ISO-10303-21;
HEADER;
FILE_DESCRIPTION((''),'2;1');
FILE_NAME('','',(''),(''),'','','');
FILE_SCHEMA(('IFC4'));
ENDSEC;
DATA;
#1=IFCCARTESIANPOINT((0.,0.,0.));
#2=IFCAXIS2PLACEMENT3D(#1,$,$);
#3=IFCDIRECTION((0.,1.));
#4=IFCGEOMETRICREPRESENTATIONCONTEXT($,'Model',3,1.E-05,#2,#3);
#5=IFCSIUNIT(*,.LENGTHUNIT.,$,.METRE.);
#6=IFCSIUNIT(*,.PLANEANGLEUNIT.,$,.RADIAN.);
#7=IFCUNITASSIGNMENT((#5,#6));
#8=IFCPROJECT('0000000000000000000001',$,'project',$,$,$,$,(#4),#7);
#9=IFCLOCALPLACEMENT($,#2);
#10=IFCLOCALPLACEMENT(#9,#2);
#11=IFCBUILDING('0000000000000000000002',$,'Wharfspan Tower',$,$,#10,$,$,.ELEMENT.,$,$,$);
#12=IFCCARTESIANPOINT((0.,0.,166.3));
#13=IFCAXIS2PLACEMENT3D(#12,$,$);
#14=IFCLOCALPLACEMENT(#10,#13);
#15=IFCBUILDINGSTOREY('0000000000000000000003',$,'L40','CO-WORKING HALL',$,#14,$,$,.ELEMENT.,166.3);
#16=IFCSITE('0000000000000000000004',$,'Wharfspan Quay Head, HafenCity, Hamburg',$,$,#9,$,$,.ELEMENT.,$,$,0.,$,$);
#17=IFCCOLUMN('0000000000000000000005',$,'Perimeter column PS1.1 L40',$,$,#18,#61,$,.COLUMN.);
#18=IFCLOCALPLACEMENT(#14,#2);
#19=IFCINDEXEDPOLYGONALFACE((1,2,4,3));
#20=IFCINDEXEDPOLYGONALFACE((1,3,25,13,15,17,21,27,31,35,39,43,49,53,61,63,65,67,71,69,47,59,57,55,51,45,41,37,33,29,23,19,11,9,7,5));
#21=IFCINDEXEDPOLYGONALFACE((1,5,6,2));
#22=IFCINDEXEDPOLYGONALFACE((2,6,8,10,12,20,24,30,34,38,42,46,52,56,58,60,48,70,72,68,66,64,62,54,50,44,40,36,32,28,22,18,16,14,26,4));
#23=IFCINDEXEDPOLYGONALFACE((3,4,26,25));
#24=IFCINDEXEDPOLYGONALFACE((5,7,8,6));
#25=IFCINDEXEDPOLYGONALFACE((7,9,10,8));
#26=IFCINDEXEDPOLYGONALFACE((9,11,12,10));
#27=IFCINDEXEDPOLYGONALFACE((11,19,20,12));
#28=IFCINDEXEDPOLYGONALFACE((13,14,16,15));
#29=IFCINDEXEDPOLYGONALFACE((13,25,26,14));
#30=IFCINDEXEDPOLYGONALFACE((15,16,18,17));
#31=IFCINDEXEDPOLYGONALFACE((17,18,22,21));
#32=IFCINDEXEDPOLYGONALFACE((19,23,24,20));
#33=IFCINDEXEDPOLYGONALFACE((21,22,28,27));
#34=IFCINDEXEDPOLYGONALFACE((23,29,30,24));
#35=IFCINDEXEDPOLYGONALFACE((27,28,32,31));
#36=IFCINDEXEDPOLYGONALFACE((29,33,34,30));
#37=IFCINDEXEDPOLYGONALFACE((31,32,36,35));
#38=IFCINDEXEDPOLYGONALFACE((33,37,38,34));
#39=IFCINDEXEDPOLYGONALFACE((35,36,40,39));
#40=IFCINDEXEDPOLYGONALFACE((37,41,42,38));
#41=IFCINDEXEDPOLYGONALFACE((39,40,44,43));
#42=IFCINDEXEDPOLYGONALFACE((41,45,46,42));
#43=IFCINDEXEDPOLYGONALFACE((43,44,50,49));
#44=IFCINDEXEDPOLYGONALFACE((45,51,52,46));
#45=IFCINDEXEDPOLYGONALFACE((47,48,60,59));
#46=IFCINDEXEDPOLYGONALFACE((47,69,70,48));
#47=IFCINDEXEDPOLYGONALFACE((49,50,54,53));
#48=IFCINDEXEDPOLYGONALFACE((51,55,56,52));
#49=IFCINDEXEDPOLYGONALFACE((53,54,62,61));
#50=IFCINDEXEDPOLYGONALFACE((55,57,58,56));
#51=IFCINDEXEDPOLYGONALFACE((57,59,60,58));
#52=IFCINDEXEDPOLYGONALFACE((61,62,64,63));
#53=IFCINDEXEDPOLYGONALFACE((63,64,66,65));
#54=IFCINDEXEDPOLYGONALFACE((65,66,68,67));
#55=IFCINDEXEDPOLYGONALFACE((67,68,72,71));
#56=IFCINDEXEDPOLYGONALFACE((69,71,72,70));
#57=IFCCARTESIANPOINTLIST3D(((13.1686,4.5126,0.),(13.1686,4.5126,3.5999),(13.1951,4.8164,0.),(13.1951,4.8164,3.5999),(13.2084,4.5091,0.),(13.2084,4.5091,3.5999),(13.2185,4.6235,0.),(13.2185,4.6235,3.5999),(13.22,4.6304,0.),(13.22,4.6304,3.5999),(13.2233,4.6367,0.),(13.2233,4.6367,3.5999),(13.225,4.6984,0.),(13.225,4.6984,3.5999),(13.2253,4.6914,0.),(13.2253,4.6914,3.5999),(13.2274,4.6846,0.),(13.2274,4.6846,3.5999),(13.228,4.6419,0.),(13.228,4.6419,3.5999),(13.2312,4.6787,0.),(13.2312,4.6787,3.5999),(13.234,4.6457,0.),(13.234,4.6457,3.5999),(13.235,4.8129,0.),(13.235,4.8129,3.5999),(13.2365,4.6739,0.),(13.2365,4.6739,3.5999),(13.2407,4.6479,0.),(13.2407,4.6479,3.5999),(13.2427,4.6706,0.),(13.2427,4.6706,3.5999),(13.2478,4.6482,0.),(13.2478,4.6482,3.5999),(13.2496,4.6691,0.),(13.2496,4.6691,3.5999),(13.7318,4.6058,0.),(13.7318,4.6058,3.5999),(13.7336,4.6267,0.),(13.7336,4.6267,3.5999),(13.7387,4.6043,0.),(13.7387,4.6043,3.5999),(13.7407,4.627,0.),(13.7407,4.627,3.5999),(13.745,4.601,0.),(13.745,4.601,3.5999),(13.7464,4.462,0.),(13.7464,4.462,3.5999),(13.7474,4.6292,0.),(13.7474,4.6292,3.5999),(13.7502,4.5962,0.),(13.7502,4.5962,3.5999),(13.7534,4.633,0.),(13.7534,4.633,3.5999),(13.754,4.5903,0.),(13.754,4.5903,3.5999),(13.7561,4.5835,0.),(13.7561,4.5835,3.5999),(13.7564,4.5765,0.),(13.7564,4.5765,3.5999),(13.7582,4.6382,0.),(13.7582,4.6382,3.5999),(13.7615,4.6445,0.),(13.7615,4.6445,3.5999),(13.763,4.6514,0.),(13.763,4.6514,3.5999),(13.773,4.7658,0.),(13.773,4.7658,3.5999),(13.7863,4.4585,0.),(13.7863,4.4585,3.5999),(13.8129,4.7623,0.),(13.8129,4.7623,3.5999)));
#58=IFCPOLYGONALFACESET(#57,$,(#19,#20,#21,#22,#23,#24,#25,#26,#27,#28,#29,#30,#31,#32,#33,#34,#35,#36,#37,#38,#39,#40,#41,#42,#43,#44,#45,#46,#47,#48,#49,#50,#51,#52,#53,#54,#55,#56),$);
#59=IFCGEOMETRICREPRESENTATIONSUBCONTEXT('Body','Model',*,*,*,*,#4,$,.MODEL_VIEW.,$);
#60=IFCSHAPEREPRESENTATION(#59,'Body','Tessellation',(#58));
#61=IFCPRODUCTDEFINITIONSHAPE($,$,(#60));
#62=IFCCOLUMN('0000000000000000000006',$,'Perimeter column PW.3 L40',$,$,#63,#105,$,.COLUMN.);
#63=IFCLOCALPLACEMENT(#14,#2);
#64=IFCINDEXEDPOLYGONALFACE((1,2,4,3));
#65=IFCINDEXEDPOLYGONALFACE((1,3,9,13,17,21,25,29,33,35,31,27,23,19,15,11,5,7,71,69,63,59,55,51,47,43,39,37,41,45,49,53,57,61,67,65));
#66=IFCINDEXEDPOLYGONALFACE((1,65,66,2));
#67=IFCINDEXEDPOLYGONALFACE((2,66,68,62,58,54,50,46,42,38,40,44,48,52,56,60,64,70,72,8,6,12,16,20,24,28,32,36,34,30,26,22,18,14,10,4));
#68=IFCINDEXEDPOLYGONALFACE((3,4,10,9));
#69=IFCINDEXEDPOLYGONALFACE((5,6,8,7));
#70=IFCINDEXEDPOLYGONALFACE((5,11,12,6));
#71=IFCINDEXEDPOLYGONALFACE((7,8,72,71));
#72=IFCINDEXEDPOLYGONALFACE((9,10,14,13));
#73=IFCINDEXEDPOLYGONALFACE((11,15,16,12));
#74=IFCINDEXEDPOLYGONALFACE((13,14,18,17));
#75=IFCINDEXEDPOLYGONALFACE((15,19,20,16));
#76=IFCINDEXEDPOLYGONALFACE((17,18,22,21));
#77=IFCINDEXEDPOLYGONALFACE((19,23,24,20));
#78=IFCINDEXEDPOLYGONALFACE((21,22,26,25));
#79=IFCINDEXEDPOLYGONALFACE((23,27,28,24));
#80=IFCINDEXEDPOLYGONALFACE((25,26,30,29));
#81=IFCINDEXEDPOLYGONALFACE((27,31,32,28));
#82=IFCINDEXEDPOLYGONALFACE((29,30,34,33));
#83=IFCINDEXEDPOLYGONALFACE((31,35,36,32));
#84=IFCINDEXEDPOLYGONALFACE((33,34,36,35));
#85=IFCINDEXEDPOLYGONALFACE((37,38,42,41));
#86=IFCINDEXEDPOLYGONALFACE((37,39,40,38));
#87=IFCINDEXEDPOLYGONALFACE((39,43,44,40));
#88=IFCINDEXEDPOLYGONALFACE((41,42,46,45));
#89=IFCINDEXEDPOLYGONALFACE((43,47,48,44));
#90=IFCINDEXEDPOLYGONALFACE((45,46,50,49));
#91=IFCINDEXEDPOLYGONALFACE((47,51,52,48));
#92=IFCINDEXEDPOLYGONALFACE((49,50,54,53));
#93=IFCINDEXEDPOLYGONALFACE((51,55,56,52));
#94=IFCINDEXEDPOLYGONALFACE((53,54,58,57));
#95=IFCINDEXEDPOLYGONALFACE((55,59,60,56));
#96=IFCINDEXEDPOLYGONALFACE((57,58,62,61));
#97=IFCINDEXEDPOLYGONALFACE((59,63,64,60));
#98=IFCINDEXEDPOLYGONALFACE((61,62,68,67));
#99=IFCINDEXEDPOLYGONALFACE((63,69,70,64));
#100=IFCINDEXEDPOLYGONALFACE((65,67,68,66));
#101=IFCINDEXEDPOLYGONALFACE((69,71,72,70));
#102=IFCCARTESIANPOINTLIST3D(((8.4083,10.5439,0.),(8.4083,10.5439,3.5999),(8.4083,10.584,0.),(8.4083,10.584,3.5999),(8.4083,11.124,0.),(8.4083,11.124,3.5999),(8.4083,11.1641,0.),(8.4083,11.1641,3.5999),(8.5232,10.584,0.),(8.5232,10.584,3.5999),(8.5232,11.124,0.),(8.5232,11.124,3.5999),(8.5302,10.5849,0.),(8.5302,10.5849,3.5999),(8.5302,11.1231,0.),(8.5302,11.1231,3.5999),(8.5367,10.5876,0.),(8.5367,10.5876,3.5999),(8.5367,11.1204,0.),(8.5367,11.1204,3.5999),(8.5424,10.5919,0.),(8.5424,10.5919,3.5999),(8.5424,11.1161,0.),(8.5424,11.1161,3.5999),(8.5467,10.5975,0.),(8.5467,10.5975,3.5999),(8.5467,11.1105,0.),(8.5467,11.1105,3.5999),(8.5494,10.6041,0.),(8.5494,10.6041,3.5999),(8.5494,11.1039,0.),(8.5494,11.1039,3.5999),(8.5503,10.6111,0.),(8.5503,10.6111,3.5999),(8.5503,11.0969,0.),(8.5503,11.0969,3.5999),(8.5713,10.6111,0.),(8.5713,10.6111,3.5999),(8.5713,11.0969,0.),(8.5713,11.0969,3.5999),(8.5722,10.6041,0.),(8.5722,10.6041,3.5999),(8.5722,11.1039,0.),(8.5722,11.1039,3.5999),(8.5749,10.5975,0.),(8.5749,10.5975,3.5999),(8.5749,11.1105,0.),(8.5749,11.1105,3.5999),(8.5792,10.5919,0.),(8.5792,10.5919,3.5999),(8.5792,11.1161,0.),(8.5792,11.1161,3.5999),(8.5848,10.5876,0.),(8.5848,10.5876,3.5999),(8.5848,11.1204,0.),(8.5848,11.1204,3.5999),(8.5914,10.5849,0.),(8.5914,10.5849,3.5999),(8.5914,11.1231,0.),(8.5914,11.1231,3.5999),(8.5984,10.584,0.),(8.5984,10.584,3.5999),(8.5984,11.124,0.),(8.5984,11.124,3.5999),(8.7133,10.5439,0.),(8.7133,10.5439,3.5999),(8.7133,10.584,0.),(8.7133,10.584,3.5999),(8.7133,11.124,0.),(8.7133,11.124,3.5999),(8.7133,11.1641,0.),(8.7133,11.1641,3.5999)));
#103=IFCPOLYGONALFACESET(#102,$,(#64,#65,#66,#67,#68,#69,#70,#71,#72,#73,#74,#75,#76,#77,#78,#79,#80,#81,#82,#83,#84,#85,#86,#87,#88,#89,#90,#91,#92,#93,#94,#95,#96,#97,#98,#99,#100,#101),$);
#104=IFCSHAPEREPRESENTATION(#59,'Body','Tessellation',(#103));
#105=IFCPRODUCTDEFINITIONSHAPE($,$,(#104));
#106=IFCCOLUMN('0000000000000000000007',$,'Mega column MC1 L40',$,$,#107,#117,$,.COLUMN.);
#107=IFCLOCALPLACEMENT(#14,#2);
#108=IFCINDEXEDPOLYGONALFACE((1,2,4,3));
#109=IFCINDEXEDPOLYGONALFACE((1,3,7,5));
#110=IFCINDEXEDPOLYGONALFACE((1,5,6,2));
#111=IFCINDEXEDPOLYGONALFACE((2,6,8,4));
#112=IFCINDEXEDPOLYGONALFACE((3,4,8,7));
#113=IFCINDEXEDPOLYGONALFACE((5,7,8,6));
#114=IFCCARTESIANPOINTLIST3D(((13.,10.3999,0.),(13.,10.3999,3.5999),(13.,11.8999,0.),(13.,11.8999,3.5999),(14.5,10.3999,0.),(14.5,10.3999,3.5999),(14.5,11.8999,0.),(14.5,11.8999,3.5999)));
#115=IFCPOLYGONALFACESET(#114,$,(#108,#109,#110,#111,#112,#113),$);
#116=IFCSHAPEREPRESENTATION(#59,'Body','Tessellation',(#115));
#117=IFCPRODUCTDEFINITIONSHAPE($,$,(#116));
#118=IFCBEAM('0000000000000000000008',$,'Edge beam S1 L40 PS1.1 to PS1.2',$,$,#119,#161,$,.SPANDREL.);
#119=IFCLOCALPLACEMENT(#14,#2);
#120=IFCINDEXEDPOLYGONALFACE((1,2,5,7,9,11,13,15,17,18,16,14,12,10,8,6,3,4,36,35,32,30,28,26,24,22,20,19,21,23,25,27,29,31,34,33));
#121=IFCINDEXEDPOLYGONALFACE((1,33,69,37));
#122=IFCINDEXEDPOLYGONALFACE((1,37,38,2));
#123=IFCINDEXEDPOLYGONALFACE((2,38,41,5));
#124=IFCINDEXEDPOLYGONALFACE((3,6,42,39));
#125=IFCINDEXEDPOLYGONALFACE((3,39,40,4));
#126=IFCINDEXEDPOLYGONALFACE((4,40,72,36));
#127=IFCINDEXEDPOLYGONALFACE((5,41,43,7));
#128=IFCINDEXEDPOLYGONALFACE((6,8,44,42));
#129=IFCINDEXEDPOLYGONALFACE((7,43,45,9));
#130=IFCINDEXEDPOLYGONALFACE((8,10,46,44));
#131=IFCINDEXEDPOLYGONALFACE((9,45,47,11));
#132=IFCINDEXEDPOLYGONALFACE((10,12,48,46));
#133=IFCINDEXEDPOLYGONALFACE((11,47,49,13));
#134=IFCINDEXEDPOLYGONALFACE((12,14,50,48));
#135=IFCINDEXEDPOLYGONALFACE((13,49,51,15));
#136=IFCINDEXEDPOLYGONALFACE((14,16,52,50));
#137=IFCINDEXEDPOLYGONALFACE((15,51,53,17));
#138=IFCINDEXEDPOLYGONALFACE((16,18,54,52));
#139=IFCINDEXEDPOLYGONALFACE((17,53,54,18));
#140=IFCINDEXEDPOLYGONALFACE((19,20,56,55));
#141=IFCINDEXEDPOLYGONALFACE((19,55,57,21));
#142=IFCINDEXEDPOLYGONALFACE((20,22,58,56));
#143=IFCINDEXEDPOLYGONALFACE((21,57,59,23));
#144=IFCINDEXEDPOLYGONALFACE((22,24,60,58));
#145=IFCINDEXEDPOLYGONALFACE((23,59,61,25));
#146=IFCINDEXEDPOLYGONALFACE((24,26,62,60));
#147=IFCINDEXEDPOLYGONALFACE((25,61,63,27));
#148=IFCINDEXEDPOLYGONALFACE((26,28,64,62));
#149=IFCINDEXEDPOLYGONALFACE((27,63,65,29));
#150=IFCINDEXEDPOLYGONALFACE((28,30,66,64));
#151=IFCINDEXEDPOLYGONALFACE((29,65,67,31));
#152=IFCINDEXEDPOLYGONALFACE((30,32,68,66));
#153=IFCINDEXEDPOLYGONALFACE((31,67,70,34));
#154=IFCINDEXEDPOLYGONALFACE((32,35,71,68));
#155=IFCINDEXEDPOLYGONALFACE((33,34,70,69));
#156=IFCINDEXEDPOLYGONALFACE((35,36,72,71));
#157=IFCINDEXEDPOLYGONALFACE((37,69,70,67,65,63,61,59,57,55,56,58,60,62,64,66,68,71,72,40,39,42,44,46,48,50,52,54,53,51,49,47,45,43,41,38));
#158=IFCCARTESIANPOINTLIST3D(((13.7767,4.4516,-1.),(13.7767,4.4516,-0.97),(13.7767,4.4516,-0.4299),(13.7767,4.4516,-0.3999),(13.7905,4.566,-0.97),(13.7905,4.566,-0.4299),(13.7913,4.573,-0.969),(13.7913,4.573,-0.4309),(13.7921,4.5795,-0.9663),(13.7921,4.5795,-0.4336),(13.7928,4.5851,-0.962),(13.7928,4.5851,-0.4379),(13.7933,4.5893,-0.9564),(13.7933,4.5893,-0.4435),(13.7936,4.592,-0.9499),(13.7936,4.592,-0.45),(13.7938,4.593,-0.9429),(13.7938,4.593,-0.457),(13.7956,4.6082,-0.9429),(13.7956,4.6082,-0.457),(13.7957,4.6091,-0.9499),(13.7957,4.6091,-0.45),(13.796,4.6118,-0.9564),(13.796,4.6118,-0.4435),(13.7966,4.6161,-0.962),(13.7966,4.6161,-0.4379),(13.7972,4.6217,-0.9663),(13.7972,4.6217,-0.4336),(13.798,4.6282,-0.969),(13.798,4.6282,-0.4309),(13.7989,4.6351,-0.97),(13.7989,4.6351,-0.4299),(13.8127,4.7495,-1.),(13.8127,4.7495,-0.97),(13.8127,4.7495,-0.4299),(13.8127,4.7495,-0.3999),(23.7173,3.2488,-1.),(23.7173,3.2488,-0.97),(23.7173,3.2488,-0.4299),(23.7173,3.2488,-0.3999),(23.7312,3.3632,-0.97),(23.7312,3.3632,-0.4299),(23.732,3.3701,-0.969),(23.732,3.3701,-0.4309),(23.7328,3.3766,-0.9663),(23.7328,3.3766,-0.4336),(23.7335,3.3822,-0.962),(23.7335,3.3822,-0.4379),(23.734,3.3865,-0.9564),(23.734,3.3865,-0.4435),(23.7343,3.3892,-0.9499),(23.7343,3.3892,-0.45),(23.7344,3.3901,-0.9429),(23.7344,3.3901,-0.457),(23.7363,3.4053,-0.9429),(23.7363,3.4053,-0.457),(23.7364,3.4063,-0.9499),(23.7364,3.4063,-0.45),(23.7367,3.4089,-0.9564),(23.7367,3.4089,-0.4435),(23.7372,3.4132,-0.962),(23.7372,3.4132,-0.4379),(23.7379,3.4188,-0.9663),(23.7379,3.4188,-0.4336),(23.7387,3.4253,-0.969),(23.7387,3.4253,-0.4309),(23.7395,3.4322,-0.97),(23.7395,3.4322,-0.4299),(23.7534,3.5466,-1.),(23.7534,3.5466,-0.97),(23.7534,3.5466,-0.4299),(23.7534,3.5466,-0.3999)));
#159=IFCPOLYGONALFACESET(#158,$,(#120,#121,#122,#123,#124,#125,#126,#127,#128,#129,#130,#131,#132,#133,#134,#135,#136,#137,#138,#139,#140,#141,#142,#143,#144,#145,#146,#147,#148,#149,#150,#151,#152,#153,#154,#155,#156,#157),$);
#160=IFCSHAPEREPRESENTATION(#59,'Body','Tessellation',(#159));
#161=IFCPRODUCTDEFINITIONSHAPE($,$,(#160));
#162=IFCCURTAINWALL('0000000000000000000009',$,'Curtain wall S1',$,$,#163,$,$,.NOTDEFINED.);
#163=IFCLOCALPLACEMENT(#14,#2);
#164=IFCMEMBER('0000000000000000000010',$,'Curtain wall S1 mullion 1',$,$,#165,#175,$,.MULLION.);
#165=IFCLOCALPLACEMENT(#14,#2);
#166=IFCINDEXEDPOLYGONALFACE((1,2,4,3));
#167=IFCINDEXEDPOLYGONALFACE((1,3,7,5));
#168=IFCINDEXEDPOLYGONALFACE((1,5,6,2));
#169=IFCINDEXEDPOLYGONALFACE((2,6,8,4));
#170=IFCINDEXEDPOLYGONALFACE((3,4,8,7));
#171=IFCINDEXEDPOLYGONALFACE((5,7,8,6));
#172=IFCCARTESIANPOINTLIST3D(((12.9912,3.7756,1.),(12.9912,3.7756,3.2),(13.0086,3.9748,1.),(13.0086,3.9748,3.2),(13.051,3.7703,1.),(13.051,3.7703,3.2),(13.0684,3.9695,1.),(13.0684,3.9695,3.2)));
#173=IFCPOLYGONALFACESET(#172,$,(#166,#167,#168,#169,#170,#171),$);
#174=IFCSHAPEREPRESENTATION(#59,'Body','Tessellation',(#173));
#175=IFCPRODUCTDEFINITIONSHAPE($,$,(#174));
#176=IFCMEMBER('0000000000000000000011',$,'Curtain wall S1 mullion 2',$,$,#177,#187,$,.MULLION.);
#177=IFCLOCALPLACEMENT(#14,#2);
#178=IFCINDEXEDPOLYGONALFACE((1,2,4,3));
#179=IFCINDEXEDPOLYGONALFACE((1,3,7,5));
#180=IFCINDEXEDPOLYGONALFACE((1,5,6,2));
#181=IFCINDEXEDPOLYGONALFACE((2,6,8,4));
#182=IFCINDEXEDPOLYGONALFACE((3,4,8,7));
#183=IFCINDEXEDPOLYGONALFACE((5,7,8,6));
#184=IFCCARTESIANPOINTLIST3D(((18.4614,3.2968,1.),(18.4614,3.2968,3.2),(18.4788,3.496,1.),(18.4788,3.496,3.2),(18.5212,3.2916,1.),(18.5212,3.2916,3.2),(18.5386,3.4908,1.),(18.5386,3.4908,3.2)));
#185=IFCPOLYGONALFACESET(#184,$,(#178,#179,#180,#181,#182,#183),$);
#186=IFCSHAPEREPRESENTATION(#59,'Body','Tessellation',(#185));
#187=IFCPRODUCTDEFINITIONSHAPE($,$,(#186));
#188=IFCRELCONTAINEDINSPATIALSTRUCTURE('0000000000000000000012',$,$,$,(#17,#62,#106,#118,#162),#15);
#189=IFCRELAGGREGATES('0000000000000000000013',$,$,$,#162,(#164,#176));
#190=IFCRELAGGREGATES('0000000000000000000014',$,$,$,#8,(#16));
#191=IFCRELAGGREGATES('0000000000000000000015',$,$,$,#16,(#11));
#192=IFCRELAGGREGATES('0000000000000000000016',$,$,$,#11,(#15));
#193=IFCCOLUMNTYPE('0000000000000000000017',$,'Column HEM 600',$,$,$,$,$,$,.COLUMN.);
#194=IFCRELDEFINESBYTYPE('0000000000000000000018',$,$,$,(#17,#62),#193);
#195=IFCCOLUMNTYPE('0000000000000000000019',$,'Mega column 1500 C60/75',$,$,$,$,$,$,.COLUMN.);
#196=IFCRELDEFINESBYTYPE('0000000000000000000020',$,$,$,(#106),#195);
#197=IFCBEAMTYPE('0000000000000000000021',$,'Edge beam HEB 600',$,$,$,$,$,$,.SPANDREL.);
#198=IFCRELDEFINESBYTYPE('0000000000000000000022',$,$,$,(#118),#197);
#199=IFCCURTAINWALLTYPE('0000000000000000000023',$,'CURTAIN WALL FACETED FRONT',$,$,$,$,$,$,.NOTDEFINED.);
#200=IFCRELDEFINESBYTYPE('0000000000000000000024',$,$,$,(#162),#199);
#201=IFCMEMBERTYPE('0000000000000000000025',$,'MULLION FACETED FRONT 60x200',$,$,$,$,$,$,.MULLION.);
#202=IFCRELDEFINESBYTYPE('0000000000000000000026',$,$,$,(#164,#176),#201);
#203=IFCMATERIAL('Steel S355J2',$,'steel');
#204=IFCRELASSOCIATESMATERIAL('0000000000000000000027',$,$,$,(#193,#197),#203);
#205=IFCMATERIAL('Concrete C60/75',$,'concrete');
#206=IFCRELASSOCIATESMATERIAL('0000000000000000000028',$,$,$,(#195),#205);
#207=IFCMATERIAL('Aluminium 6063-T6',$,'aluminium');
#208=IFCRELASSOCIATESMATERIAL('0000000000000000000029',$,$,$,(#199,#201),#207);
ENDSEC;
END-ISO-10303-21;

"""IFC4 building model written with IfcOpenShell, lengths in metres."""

from ifc_helpers import new_model, si_unit, direction, frame, origin, origin_2d, place, context, subcontext, project, spatial, rectangle, i_section, extrude, material, material_profile, profile_set, type_object, element, aggregate, save


model = new_model("IFC4")

# Units and contexts
model_context = context("Model", 3, precision=1e-05, world=origin(), true_north=direction((0.0, 1.0)))
body_context = subcontext(model_context, "Body", "Model", "MODEL_VIEW")
ifc_project = project(units=[si_unit("LENGTHUNIT", "METRE"), si_unit("PLANEANGLEUNIT", "RADIAN")], contexts=[model_context])

# Site, building, storey
site_placement = place(None, origin())
site = spatial("IfcSite", under=ifc_project, at=site_placement, Name="Wharfspan Quay Head, HafenCity, Hamburg", CompositionType="ELEMENT", RefElevation=0.0)
building_placement = place(site_placement, origin())
building = spatial("IfcBuilding", under=site, at=building_placement, Name="Wharfspan Tower", CompositionType="ELEMENT")
storey_placement = place(building_placement, frame((0.0, 0.0, 166.3)))
storey = spatial("IfcBuildingStorey", under=building, at=storey_placement, Name="L40", Description="CO-WORKING HALL", CompositionType="ELEMENT", Elevation=166.3)

# Columns
ifc_material_1 = material(Name="Steel S355J2", Category="steel")
ifc_material_profile_1 = material_profile(ifc_material_1, i_section(OverallWidth=0.3049, OverallDepth=0.6201, WebThickness=0.021, FlangeThickness=0.04, FilletRadius=0.0271, at=origin_2d()))
ifc_profile_set_1 = profile_set([ifc_material_profile_1], Name="Steel S355J2")
column_type_1 = type_object("IfcColumnType", Name="Column HEM 600", PredefinedType="COLUMN", material=ifc_profile_set_1)
for number, where, z_axis, x_axis, name in (
    (1, (13.4907, 4.6375, 0.0), (0.0, 0.0, 1.0), (-0.087156, -0.996198, 0.0), "Perimeter column PS1.1 L40"),
    (2, (8.5608, 10.854, 0.0), (0.0, 0.0, 1.0), (-1.0, 0.0, 0.0), "Perimeter column PW.3 L40"),
):
    element("IfcColumn", number, at=place(storey_placement, frame(where, z_axis=z_axis, x_axis=x_axis)), inside=storey, type_object=column_type_1, Name=name, PredefinedType="COLUMN", context=body_context, shape_type="SweptSolid", body=[
        extrude(i_section(OverallWidth=0.3049, OverallDepth=0.6201, WebThickness=0.021, FlangeThickness=0.04, FilletRadius=0.0271, at=origin_2d()), origin(), (0.0, 0.0, 1.0), 3.5999),
    ])
ifc_material_2 = material(Name="Concrete C60/75", Category="concrete")
ifc_material_profile_2 = material_profile(ifc_material_2, rectangle(XDim=1.5, YDim=1.5, at=origin_2d()))
ifc_profile_set_2 = profile_set([ifc_material_profile_2], Name="Concrete C60/75")
column_type_2 = type_object("IfcColumnType", Name="Mega column 1500 C60/75", PredefinedType="COLUMN", material=ifc_profile_set_2)
column_placement = place(storey_placement, frame((13.75, 11.1499, 0.0), z_axis=(0.0, 0.0, 1.0), x_axis=(1.0, 0.0, 0.0)))
element("IfcColumn", 3, at=column_placement, inside=storey, type_object=column_type_2, Name="Mega column MC1 L40", PredefinedType="COLUMN", context=body_context, shape_type="SweptSolid", body=[
    extrude(rectangle(XDim=1.5, YDim=1.5, at=origin_2d()), origin(), (0.0, 0.0, 1.0), 3.5999),
])

# Beam
ifc_material_profile_3 = material_profile(ifc_material_1, i_section(OverallWidth=0.3, OverallDepth=0.6001, WebThickness=0.0154, FlangeThickness=0.03, FilletRadius=0.0271, at=origin_2d()))
ifc_profile_set_3 = profile_set([ifc_material_profile_3], Name="Steel S355J2")
beam_type = type_object("IfcBeamType", Name="Edge beam HEB 600", PredefinedType="SPANDREL", material=ifc_profile_set_3)
beam_placement = place(storey_placement, frame((13.7947, 4.6006, -0.7), z_axis=(0.992758, -0.12013, 0.0), x_axis=(0.12013, 0.992758, 0.0)))
element("IfcBeam", 4, at=beam_placement, inside=storey, type_object=beam_type, Name="Edge beam S1 L40 PS1.1 to PS1.2", PredefinedType="SPANDREL", context=body_context, shape_type="SweptSolid", body=[
    extrude(i_section(OverallWidth=0.3, OverallDepth=0.6001, WebThickness=0.0154, FlangeThickness=0.03, FilletRadius=0.0271, at=origin_2d()), origin(), (0.0, 0.0, 1.0), 10.0132),
])

# Curtain wall, members
ifc_material_3 = material(Name="Aluminium 6063-T6", Category="aluminium")
curtain_wall_type_1 = type_object("IfcCurtainWallType", Name="CURTAIN WALL FACETED FRONT", PredefinedType="NOTDEFINED", material=ifc_material_3)
curtain_wall_1_placement = place(storey_placement, origin())
curtain_wall_1 = element("IfcCurtainWall", 5, at=curtain_wall_1_placement, inside=storey, type_object=curtain_wall_type_1, Name="Curtain wall S1", PredefinedType="NOTDEFINED")
ifc_material_profile_4 = material_profile(ifc_material_3, rectangle(XDim=0.2, YDim=0.0601, at=origin_2d()))
ifc_profile_set_4 = profile_set([ifc_material_profile_4], Name="Aluminium 6063-T6")
member_type_1 = type_object("IfcMemberType", Name="MULLION FACETED FRONT 60x200", PredefinedType="MULLION", material=ifc_profile_set_4)
member_1_placement = place(storey_placement, frame((13.0298, 3.8726, 1.0), z_axis=(0.0, 0.0, 1.0), x_axis=(0.087156, 0.996198, 0.0)))
member_1 = element("IfcMember", 6, at=member_1_placement, type_object=member_type_1, Name="Curtain wall S1 mullion 1", PredefinedType="MULLION", context=body_context, shape_type="SweptSolid", body=[
    extrude(rectangle(XDim=0.2, YDim=0.0601, at=origin_2d()), origin(), (0.0, 0.0, 1.0), 2.2),
])
member_2_placement = place(storey_placement, frame((18.5, 3.3938, 1.0), z_axis=(0.0, 0.0, 1.0), x_axis=(0.087156, 0.996198, 0.0)))
member_2 = element("IfcMember", 7, at=member_2_placement, type_object=member_type_1, Name="Curtain wall S1 mullion 2", PredefinedType="MULLION", context=body_context, shape_type="SweptSolid", body=[
    extrude(rectangle(XDim=0.2, YDim=0.0601, at=origin_2d()), origin(), (0.0, 0.0, 1.0), 2.2),
])

aggregate(curtain_wall_1, [member_1, member_2])

save(model, "model.ifc")
